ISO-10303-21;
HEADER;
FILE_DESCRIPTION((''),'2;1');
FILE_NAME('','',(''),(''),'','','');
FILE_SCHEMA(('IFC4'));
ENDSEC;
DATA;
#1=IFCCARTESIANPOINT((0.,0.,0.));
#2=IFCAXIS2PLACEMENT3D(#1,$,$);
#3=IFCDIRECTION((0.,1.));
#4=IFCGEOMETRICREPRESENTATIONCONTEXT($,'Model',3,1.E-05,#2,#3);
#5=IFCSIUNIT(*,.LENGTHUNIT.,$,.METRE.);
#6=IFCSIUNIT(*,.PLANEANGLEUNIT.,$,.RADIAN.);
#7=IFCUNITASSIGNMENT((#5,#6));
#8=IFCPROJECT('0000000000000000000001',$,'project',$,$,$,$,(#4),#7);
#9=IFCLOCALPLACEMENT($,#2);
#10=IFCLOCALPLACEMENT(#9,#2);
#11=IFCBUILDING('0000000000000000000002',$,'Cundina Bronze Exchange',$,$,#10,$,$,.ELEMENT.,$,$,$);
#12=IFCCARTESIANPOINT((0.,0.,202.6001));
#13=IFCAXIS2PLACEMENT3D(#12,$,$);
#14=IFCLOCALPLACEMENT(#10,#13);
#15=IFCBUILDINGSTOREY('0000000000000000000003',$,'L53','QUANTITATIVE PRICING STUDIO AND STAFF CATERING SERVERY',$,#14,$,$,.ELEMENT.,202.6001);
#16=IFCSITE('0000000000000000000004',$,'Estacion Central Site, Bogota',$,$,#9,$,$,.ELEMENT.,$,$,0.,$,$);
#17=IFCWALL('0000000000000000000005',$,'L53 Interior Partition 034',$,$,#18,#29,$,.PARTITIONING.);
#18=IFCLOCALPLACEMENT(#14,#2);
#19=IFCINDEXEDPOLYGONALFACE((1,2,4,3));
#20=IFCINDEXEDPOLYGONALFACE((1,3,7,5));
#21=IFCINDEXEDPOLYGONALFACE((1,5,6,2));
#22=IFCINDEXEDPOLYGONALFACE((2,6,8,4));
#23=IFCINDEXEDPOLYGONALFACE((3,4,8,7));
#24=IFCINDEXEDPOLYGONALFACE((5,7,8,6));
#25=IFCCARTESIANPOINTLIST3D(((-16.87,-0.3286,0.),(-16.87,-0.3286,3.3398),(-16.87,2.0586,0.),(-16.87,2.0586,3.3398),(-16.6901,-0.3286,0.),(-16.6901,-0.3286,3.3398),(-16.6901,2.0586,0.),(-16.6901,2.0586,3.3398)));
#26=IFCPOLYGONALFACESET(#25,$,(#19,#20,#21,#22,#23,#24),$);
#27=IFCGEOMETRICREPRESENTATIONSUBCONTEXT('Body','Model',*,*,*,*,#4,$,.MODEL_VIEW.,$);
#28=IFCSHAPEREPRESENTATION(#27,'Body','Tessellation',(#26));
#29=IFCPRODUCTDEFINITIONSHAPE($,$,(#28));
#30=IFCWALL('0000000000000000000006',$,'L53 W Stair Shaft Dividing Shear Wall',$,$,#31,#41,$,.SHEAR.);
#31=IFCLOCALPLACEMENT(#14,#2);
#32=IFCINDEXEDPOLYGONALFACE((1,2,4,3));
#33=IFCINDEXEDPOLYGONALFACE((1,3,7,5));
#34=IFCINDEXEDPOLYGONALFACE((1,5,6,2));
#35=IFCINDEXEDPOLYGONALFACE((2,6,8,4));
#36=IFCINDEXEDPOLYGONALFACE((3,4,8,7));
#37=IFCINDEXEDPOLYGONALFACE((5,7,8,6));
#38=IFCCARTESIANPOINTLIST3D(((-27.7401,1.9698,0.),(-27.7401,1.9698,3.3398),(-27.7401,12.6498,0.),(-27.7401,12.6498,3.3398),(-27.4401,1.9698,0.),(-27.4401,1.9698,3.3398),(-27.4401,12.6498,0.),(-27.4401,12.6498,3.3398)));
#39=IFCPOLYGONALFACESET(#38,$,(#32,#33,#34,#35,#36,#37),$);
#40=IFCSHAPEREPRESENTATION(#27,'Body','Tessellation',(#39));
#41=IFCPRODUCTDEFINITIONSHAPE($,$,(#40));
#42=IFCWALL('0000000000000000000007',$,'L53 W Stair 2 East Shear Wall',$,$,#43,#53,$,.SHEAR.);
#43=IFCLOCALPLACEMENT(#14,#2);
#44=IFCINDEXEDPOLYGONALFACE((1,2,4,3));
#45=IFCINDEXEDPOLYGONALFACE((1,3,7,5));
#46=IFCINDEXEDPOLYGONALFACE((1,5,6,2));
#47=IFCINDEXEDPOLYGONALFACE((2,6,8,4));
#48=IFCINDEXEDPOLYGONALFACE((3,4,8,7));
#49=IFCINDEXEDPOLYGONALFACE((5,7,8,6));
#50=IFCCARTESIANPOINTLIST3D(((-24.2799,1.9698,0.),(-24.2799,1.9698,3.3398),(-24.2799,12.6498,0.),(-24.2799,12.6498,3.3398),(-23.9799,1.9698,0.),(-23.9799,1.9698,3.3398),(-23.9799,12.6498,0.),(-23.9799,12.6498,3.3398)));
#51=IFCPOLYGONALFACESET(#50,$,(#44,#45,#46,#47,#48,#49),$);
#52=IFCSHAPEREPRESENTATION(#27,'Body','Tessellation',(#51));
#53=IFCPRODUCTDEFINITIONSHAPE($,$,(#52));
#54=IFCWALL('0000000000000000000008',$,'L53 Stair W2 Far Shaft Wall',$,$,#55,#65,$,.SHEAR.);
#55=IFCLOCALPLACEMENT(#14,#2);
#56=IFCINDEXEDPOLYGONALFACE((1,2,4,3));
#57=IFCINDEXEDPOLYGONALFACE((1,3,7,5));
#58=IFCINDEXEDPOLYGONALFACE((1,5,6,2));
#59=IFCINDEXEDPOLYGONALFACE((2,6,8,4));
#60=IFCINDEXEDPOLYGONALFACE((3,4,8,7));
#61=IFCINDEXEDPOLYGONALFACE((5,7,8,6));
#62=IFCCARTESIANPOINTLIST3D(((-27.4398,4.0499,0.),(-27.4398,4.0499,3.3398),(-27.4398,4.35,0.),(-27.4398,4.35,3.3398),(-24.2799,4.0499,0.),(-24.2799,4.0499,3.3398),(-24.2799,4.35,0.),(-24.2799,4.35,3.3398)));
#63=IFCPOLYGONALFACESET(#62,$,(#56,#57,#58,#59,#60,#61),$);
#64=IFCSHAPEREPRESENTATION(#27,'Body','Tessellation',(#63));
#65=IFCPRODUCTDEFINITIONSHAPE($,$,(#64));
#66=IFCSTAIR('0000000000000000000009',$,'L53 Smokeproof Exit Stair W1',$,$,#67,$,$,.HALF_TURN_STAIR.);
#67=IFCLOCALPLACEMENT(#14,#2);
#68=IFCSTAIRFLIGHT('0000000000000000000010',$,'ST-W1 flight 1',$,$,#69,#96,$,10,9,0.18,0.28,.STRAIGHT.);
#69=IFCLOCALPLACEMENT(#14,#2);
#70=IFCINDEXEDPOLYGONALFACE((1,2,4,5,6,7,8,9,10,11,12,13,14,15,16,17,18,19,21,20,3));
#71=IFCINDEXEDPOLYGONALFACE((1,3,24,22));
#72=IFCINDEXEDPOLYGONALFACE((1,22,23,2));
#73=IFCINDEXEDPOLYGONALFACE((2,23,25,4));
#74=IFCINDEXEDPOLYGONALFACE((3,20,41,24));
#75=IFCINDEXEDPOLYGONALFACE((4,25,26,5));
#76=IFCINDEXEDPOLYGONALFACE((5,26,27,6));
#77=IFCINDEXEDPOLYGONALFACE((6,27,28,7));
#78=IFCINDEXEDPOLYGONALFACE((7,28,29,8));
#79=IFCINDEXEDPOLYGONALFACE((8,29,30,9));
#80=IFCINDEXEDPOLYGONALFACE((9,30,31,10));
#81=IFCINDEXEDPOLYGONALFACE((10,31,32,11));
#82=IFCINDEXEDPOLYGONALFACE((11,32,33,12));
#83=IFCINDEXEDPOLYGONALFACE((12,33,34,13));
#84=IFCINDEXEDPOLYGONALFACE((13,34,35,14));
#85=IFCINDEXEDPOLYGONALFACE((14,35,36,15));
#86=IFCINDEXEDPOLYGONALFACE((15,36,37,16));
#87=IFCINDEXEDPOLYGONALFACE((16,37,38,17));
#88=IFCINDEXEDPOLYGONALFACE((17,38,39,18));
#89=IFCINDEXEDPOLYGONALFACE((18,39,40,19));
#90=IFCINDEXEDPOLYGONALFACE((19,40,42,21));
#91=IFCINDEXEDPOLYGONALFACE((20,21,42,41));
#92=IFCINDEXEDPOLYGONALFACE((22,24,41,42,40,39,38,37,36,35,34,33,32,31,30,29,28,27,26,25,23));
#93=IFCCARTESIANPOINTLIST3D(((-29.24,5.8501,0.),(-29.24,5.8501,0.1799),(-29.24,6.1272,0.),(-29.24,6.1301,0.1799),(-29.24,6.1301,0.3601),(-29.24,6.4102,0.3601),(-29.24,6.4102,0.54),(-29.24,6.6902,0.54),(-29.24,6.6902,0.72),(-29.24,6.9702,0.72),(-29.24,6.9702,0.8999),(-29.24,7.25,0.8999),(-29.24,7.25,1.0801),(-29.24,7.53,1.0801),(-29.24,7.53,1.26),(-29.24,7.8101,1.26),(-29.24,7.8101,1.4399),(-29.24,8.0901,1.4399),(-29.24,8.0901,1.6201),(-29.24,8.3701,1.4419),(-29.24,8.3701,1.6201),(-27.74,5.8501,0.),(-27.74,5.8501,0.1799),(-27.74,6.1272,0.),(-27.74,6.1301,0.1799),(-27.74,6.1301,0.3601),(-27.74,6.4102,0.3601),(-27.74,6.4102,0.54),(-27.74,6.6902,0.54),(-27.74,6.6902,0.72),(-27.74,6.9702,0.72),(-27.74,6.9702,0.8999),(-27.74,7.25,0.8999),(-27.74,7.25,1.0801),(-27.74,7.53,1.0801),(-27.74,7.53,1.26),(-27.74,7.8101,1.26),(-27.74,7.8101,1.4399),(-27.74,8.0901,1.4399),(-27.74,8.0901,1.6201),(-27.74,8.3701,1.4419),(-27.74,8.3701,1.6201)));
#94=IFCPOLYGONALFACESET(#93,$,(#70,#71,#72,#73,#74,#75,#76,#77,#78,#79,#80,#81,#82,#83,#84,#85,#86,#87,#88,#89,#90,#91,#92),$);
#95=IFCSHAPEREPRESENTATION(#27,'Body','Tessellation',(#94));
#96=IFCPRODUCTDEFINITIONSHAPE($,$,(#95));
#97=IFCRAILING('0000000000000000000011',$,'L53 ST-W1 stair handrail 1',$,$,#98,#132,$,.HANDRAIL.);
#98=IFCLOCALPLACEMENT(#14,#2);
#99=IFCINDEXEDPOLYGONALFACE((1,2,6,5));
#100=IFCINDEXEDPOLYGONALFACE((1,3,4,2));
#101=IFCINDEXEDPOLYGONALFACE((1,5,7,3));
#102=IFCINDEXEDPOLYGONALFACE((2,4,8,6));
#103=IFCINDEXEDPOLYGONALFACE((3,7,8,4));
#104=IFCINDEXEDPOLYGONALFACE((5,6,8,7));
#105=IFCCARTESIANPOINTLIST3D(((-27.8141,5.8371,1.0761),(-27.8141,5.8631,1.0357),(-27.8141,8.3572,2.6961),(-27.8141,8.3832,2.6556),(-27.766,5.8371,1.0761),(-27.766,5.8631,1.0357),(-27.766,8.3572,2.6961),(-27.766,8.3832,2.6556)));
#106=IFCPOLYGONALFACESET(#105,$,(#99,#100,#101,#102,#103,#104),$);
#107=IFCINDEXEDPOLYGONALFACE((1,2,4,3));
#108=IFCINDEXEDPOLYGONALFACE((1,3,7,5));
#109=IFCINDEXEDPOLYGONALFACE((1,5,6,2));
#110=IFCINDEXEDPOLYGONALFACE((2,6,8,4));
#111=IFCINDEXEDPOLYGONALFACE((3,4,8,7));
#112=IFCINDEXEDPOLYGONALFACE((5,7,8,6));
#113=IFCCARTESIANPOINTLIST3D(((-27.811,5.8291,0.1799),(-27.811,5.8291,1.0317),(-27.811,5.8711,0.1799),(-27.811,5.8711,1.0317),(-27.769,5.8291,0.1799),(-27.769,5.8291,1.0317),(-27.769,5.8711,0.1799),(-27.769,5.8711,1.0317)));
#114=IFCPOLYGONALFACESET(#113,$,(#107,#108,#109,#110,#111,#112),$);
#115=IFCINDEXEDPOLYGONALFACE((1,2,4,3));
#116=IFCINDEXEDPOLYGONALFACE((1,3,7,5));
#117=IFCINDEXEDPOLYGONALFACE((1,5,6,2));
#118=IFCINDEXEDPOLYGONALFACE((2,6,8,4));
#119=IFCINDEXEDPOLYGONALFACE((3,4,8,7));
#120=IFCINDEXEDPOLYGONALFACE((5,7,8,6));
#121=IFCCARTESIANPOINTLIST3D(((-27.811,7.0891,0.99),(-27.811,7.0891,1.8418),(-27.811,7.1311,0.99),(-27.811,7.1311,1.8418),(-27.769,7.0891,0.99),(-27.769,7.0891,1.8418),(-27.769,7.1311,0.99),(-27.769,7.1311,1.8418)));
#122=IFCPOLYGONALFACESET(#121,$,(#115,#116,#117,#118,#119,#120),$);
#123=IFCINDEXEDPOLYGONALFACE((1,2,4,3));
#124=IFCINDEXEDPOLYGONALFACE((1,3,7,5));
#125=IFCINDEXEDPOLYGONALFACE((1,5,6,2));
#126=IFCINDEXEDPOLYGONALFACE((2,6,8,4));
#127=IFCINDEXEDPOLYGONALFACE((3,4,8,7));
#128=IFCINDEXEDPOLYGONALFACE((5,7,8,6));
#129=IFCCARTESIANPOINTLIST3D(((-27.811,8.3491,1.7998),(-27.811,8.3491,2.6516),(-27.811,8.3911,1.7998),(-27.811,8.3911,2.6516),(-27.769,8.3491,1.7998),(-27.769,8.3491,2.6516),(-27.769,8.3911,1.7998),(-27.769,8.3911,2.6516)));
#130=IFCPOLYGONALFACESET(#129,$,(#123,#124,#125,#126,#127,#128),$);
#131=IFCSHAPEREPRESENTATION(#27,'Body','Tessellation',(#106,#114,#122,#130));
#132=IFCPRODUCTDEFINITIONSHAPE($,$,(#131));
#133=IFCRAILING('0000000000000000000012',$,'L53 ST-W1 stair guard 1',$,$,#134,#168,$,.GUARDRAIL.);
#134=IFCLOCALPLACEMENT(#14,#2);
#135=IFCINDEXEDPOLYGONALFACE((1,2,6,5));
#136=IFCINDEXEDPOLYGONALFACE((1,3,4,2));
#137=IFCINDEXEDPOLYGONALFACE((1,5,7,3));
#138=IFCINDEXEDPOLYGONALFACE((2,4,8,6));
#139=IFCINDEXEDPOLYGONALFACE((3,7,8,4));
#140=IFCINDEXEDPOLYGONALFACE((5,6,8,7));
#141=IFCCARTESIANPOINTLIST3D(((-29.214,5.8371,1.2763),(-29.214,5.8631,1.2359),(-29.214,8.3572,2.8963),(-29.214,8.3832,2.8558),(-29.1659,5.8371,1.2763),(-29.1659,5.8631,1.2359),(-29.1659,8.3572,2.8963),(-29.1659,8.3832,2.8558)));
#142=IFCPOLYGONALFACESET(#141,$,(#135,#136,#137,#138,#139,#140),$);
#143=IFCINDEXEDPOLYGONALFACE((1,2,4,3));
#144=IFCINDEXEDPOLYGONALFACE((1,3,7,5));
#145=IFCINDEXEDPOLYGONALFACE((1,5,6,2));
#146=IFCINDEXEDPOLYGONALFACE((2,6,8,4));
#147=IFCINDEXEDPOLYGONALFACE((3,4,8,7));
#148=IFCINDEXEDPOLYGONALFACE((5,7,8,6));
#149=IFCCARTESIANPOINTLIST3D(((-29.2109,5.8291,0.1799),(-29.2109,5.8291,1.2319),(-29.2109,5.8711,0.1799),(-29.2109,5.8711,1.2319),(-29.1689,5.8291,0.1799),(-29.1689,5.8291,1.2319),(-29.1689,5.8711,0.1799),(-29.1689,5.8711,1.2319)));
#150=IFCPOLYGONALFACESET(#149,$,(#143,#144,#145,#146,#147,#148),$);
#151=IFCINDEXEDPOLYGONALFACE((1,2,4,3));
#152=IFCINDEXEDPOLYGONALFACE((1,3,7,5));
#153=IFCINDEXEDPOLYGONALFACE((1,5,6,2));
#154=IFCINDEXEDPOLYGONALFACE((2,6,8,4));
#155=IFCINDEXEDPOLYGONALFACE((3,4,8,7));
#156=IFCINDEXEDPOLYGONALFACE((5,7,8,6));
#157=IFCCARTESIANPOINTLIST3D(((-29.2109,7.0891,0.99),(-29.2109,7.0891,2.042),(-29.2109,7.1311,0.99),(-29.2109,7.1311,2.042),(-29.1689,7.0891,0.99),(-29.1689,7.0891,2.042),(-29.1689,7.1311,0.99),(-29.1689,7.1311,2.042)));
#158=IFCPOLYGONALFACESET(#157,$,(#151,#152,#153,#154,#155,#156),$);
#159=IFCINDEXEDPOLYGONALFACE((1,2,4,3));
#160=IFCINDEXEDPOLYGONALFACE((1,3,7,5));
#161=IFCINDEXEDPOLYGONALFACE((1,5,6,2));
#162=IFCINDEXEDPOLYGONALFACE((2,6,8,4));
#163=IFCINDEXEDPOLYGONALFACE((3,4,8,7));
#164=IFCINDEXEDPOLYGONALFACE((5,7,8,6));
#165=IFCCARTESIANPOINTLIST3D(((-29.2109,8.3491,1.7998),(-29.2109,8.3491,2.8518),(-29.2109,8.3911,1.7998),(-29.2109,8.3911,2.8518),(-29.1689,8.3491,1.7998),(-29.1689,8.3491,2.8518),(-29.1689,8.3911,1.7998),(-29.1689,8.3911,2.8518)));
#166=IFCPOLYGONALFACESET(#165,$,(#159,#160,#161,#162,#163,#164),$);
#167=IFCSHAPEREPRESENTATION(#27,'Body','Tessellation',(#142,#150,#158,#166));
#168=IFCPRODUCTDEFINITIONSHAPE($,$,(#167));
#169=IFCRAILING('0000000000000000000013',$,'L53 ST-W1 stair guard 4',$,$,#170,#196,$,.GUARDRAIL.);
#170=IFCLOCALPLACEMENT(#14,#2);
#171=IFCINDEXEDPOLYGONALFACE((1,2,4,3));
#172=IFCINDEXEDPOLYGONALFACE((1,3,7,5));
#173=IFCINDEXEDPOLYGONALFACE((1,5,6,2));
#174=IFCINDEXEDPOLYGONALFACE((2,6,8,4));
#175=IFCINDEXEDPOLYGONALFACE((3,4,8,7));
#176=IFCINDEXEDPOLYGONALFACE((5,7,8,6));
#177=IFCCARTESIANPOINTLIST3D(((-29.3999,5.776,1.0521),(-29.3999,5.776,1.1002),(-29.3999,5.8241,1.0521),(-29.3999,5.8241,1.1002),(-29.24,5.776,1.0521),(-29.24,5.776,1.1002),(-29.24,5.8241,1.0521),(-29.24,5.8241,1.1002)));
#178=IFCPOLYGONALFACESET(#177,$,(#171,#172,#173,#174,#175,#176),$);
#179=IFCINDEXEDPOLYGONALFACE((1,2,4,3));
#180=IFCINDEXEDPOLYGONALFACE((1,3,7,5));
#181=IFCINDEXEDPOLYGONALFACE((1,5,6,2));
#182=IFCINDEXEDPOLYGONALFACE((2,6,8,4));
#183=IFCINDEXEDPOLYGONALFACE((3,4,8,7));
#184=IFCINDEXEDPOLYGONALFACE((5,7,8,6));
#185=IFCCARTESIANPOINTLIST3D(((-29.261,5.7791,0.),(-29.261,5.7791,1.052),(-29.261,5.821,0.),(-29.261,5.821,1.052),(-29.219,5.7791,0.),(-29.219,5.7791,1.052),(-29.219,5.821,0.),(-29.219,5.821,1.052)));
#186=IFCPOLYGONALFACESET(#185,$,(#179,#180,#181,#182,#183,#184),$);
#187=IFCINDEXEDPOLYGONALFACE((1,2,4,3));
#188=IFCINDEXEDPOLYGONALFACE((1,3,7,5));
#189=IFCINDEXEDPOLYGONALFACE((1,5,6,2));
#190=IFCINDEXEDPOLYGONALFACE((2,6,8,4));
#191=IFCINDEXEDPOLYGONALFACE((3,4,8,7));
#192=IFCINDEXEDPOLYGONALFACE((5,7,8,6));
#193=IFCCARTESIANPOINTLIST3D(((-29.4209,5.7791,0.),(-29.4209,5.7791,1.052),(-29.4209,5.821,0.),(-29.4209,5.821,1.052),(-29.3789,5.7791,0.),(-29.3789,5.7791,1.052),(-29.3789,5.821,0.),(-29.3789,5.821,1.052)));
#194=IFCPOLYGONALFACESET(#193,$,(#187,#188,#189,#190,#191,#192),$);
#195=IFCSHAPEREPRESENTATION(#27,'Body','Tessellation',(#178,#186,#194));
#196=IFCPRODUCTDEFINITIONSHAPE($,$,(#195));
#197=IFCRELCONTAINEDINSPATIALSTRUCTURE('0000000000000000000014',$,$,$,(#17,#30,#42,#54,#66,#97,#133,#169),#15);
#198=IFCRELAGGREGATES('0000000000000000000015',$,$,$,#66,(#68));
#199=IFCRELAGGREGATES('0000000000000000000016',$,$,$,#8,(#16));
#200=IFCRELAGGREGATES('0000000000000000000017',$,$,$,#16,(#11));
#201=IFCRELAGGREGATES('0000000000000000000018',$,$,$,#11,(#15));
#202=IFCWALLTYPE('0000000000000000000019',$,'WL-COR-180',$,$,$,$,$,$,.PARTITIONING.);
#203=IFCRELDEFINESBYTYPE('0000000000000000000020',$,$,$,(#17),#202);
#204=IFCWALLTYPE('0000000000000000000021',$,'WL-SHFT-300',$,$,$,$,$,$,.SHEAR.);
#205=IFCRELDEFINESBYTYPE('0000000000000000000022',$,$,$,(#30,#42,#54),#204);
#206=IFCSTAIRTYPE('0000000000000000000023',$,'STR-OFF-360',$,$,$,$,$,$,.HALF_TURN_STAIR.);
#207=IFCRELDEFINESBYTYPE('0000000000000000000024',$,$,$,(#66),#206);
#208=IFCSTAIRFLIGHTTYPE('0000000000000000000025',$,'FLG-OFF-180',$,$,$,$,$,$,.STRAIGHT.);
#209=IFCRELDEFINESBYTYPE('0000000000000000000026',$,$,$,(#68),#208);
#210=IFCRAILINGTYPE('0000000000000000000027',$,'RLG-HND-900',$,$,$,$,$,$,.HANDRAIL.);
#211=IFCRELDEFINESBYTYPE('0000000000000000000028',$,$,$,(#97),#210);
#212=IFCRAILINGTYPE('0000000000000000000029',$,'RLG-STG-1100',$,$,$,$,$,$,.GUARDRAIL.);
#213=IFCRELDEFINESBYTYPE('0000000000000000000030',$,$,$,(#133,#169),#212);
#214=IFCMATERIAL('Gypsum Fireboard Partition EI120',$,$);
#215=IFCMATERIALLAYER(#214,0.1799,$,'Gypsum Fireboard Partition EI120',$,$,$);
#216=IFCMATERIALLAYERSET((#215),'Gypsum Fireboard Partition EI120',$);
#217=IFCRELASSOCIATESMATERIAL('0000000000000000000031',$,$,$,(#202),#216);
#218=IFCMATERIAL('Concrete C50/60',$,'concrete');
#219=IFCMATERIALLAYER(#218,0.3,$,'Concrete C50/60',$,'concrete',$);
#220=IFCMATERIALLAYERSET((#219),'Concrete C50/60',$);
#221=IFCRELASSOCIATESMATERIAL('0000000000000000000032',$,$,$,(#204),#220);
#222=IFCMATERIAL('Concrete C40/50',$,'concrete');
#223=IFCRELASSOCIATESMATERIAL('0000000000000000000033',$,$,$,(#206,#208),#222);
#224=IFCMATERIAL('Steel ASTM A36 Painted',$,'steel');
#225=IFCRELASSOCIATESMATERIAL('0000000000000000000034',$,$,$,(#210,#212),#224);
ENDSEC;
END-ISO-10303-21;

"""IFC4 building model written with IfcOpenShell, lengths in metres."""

from ifc_helpers import new_model, si_unit, direction, frame, frame_2d, origin, origin_2d, place, context, subcontext, project, spatial, polyline, rectangle, outline, extrude, material, layer, layer_set, type_object, element, aggregate, save


model = new_model("IFC4")

# Units and contexts
model_context = context("Model", 3, precision=1e-05, world=origin(), true_north=direction((0.0, 1.0)))
body_context = subcontext(model_context, "Body", "Model", "MODEL_VIEW")
ifc_project = project(units=[si_unit("LENGTHUNIT", "METRE"), si_unit("PLANEANGLEUNIT", "RADIAN")], contexts=[model_context])

# Site, building, storey
site_placement = place(None, origin())
site = spatial("IfcSite", under=ifc_project, at=site_placement, Name="Estacion Central Site, Bogota", CompositionType="ELEMENT", RefElevation=0.0)
building_placement = place(site_placement, origin())
building = spatial("IfcBuilding", under=site, at=building_placement, Name="Cundina Bronze Exchange", CompositionType="ELEMENT")
storey_placement = place(building_placement, frame((0.0, 0.0, 202.6001)))
storey = spatial("IfcBuildingStorey", under=building, at=storey_placement, Name="L53", Description="QUANTITATIVE PRICING STUDIO AND STAFF CATERING SERVERY", CompositionType="ELEMENT", Elevation=202.6001)

# Shared definitions
ifc_material_1 = material(Name="Concrete C50/60", Category="concrete")

# Shared definitions
ifc_material_2 = material(Name="Gypsum Fireboard Partition EI120")
ifc_layer_1 = layer(ifc_material_2, 0.1799, Name="Gypsum Fireboard Partition EI120")
ifc_layer_set_1 = layer_set([ifc_layer_1], Name="Gypsum Fireboard Partition EI120")
wall_type_1 = type_object("IfcWallType", Name="WL-COR-180", PredefinedType="PARTITIONING", material=ifc_layer_set_1)

# Shared definitions
ifc_material_3 = material(Name="Steel ASTM A36 Painted", Category="steel")

# Walls
wall_1_placement = place(storey_placement, frame((-16.78, -0.3286, 0.0), z_axis=(0.0, 0.0, 1.0), x_axis=(0.0, 1.0, 0.0)))
element("IfcWall", 1, at=wall_1_placement, inside=storey, type_object=wall_type_1, Name="L53 Interior Partition 034", PredefinedType="PARTITIONING", context=body_context, shape_type="SweptSolid", body=[
    extrude(rectangle(XDim=2.3872, YDim=0.1799, at=frame_2d((1.1936, 0.0))), origin(), (0.0, 0.0, 1.0), 3.3398),
])
ifc_layer_2 = layer(ifc_material_1, 0.3, Name="Concrete C50/60", Category="concrete")
ifc_layer_set_2 = layer_set([ifc_layer_2], Name="Concrete C50/60")
wall_type_2 = type_object("IfcWallType", Name="WL-SHFT-300", PredefinedType="SHEAR", material=ifc_layer_set_2)
for number, where, z_axis, x_axis, name in (
    (2, (-27.5901, 1.97, 0.0), (0.0, 0.0, 1.0), (0.0, 1.0, 0.0), "L53 W Stair Shaft Dividing Shear Wall"),
    (3, (-24.1299, 1.97, 0.0), (0.0, 0.0, 1.0), (0.0, 1.0, 0.0), "L53 W Stair 2 East Shear Wall"),
):
    element("IfcWall", number, at=place(storey_placement, frame(where, z_axis=z_axis, x_axis=x_axis)), inside=storey, type_object=wall_type_2, Name=name, PredefinedType="SHEAR", context=body_context, shape_type="SweptSolid", body=[
        extrude(rectangle(XDim=10.6799, YDim=0.3, at=frame_2d((5.3398, 0.0))), origin(), (0.0, 0.0, 1.0), 3.3398),
    ])
wall_2_placement = place(storey_placement, frame((-27.4399, 4.2, 0.0), z_axis=(0.0, 0.0, 1.0), x_axis=(1.0, 0.0, 0.0)))
element("IfcWall", 4, at=wall_2_placement, inside=storey, type_object=wall_type_2, Name="L53 Stair W2 Far Shaft Wall", PredefinedType="SHEAR", context=body_context, shape_type="SweptSolid", body=[
    extrude(rectangle(XDim=3.1599, YDim=0.3, at=frame_2d((1.5801, 0.0))), origin(), (0.0, 0.0, 1.0), 3.3398),
])

# Stair, stair flight
ifc_material_4 = material(Name="Concrete C40/50", Category="concrete")
stair_type = type_object("IfcStairType", Name="STR-OFF-360", PredefinedType="HALF_TURN_STAIR", material=ifc_material_4)
stair_placement = place(storey_placement, origin())
stair = element("IfcStair", 5, at=stair_placement, inside=storey, type_object=stair_type, Name="L53 Smokeproof Exit Stair W1", PredefinedType="HALF_TURN_STAIR")
stair_flight_type = type_object("IfcStairFlightType", Name="FLG-OFF-180", PredefinedType="STRAIGHT", material=ifc_material_4)
stair_flight_placement = place(storey_placement, frame((-28.49, 5.8501, 0.0), z_axis=(0.0, 0.0, 1.0), x_axis=(0.0, 1.0, 0.0)))
stair_flight = element("IfcStairFlight", 6, at=stair_flight_placement, type_object=stair_flight_type, Name="ST-W1 flight 1", NumberOfRisers=10, NumberOfTreads=9, PredefinedType="STRAIGHT", RiserHeight=0.18, TreadLength=0.28, context=body_context, shape_type="SweptSolid", body=[
    extrude(outline(polyline([(0.0, 0.0), (0.0, 0.1799), (0.28, 0.1799), (0.28, 0.3601), (0.5601, 0.3601), (0.5601, 0.54), (0.8401, 0.54), (0.8401, 0.72), (1.1201, 0.72), (1.1201, 0.8999), (1.3999, 0.8999), (1.3999, 1.0801), (1.6799, 1.0801), (1.6799, 1.26), (1.96, 1.26), (1.96, 1.4399), (2.24, 1.4399), (2.24, 1.6201), (2.52, 1.6201), (2.52, 1.8), (2.52, 1.4419), (0.2771, 0.0), (0.0, 0.0)])), frame((0.0, 0.75, 0.0), z_axis=(0.0, -1.0, 0.0), x_axis=(1.0, 0.0, 0.0)), (0.0, 0.0, 1.0), 1.5),
])
aggregate(stair, [stair_flight])

# Railings
railing_type_1 = type_object("IfcRailingType", Name="RLG-HND-900", PredefinedType="HANDRAIL", material=ifc_material_3)
railing_1_placement = place(storey_placement, frame((-27.79, 5.8501, 0.1799)))
element("IfcRailing", 7, at=railing_1_placement, inside=storey, type_object=railing_type_1, Name="L53 ST-W1 stair handrail 1", PredefinedType="HANDRAIL", context=body_context, shape_type="SweptSolid", body=[
    extrude(rectangle(XDim=0.0481, YDim=0.0481, at=origin_2d()), frame((0.0, 0.0, 0.876), z_axis=(0.0, 0.8412, 0.540725), x_axis=(-1.0, 0.0, 0.0)), (0.0, 0.0, 1.0), 2.9958),
    extrude(rectangle(XDim=0.042, YDim=0.042, at=origin_2d()), origin(), (0.0, 0.0, 1.0), 0.8518),
    extrude(rectangle(XDim=0.042, YDim=0.042, at=origin_2d()), frame((0.0, 1.26, 0.8101)), (0.0, 0.0, 1.0), 0.8518),
    extrude(rectangle(XDim=0.042, YDim=0.042, at=origin_2d()), frame((0.0, 2.52, 1.6199)), (0.0, 0.0, 1.0), 0.8518),
])
railing_type_2 = type_object("IfcRailingType", Name="RLG-STG-1100", PredefinedType="GUARDRAIL", material=ifc_material_3)
railing_2_placement = place(storey_placement, frame((-29.1899, 5.8501, 0.1799)))
element("IfcRailing", 8, at=railing_2_placement, inside=storey, type_object=railing_type_2, Name="L53 ST-W1 stair guard 1", PredefinedType="GUARDRAIL", context=body_context, shape_type="SweptSolid", body=[
    extrude(rectangle(XDim=0.0481, YDim=0.0481, at=origin_2d()), frame((0.0, 0.0, 1.0762), z_axis=(0.0, 0.8412, 0.540725), x_axis=(-1.0, 0.0, 0.0)), (0.0, 0.0, 1.0), 2.9958),
    extrude(rectangle(XDim=0.042, YDim=0.042, at=origin_2d()), origin(), (0.0, 0.0, 1.0), 1.052),
    extrude(rectangle(XDim=0.042, YDim=0.042, at=origin_2d()), frame((0.0, 1.26, 0.8101)), (0.0, 0.0, 1.0), 1.052),
    extrude(rectangle(XDim=0.042, YDim=0.042, at=origin_2d()), frame((0.0, 2.52, 1.6199)), (0.0, 0.0, 1.0), 1.052),
])
railing_3_placement = place(storey_placement, frame((-29.24, 5.8, 0.0)))
element("IfcRailing", 9, at=railing_3_placement, inside=storey, type_object=railing_type_2, Name="L53 ST-W1 stair guard 4", PredefinedType="GUARDRAIL", context=body_context, shape_type="SweptSolid", body=[
    extrude(rectangle(XDim=0.0481, YDim=0.0481, at=origin_2d()), frame((0.0, 0.0, 1.0762), z_axis=(-1.0, 0.0, 0.0), x_axis=(0.0, -1.0, 0.0)), (0.0, 0.0, 1.0), 0.1599),
    extrude(rectangle(XDim=0.042, YDim=0.042, at=origin_2d()), origin(), (0.0, 0.0, 1.0), 1.052),
    extrude(rectangle(XDim=0.042, YDim=0.042, at=origin_2d()), frame((-0.1599, 0.0, 0.0)), (0.0, 0.0, 1.0), 1.052),
])

save(model, "model.ifc")
